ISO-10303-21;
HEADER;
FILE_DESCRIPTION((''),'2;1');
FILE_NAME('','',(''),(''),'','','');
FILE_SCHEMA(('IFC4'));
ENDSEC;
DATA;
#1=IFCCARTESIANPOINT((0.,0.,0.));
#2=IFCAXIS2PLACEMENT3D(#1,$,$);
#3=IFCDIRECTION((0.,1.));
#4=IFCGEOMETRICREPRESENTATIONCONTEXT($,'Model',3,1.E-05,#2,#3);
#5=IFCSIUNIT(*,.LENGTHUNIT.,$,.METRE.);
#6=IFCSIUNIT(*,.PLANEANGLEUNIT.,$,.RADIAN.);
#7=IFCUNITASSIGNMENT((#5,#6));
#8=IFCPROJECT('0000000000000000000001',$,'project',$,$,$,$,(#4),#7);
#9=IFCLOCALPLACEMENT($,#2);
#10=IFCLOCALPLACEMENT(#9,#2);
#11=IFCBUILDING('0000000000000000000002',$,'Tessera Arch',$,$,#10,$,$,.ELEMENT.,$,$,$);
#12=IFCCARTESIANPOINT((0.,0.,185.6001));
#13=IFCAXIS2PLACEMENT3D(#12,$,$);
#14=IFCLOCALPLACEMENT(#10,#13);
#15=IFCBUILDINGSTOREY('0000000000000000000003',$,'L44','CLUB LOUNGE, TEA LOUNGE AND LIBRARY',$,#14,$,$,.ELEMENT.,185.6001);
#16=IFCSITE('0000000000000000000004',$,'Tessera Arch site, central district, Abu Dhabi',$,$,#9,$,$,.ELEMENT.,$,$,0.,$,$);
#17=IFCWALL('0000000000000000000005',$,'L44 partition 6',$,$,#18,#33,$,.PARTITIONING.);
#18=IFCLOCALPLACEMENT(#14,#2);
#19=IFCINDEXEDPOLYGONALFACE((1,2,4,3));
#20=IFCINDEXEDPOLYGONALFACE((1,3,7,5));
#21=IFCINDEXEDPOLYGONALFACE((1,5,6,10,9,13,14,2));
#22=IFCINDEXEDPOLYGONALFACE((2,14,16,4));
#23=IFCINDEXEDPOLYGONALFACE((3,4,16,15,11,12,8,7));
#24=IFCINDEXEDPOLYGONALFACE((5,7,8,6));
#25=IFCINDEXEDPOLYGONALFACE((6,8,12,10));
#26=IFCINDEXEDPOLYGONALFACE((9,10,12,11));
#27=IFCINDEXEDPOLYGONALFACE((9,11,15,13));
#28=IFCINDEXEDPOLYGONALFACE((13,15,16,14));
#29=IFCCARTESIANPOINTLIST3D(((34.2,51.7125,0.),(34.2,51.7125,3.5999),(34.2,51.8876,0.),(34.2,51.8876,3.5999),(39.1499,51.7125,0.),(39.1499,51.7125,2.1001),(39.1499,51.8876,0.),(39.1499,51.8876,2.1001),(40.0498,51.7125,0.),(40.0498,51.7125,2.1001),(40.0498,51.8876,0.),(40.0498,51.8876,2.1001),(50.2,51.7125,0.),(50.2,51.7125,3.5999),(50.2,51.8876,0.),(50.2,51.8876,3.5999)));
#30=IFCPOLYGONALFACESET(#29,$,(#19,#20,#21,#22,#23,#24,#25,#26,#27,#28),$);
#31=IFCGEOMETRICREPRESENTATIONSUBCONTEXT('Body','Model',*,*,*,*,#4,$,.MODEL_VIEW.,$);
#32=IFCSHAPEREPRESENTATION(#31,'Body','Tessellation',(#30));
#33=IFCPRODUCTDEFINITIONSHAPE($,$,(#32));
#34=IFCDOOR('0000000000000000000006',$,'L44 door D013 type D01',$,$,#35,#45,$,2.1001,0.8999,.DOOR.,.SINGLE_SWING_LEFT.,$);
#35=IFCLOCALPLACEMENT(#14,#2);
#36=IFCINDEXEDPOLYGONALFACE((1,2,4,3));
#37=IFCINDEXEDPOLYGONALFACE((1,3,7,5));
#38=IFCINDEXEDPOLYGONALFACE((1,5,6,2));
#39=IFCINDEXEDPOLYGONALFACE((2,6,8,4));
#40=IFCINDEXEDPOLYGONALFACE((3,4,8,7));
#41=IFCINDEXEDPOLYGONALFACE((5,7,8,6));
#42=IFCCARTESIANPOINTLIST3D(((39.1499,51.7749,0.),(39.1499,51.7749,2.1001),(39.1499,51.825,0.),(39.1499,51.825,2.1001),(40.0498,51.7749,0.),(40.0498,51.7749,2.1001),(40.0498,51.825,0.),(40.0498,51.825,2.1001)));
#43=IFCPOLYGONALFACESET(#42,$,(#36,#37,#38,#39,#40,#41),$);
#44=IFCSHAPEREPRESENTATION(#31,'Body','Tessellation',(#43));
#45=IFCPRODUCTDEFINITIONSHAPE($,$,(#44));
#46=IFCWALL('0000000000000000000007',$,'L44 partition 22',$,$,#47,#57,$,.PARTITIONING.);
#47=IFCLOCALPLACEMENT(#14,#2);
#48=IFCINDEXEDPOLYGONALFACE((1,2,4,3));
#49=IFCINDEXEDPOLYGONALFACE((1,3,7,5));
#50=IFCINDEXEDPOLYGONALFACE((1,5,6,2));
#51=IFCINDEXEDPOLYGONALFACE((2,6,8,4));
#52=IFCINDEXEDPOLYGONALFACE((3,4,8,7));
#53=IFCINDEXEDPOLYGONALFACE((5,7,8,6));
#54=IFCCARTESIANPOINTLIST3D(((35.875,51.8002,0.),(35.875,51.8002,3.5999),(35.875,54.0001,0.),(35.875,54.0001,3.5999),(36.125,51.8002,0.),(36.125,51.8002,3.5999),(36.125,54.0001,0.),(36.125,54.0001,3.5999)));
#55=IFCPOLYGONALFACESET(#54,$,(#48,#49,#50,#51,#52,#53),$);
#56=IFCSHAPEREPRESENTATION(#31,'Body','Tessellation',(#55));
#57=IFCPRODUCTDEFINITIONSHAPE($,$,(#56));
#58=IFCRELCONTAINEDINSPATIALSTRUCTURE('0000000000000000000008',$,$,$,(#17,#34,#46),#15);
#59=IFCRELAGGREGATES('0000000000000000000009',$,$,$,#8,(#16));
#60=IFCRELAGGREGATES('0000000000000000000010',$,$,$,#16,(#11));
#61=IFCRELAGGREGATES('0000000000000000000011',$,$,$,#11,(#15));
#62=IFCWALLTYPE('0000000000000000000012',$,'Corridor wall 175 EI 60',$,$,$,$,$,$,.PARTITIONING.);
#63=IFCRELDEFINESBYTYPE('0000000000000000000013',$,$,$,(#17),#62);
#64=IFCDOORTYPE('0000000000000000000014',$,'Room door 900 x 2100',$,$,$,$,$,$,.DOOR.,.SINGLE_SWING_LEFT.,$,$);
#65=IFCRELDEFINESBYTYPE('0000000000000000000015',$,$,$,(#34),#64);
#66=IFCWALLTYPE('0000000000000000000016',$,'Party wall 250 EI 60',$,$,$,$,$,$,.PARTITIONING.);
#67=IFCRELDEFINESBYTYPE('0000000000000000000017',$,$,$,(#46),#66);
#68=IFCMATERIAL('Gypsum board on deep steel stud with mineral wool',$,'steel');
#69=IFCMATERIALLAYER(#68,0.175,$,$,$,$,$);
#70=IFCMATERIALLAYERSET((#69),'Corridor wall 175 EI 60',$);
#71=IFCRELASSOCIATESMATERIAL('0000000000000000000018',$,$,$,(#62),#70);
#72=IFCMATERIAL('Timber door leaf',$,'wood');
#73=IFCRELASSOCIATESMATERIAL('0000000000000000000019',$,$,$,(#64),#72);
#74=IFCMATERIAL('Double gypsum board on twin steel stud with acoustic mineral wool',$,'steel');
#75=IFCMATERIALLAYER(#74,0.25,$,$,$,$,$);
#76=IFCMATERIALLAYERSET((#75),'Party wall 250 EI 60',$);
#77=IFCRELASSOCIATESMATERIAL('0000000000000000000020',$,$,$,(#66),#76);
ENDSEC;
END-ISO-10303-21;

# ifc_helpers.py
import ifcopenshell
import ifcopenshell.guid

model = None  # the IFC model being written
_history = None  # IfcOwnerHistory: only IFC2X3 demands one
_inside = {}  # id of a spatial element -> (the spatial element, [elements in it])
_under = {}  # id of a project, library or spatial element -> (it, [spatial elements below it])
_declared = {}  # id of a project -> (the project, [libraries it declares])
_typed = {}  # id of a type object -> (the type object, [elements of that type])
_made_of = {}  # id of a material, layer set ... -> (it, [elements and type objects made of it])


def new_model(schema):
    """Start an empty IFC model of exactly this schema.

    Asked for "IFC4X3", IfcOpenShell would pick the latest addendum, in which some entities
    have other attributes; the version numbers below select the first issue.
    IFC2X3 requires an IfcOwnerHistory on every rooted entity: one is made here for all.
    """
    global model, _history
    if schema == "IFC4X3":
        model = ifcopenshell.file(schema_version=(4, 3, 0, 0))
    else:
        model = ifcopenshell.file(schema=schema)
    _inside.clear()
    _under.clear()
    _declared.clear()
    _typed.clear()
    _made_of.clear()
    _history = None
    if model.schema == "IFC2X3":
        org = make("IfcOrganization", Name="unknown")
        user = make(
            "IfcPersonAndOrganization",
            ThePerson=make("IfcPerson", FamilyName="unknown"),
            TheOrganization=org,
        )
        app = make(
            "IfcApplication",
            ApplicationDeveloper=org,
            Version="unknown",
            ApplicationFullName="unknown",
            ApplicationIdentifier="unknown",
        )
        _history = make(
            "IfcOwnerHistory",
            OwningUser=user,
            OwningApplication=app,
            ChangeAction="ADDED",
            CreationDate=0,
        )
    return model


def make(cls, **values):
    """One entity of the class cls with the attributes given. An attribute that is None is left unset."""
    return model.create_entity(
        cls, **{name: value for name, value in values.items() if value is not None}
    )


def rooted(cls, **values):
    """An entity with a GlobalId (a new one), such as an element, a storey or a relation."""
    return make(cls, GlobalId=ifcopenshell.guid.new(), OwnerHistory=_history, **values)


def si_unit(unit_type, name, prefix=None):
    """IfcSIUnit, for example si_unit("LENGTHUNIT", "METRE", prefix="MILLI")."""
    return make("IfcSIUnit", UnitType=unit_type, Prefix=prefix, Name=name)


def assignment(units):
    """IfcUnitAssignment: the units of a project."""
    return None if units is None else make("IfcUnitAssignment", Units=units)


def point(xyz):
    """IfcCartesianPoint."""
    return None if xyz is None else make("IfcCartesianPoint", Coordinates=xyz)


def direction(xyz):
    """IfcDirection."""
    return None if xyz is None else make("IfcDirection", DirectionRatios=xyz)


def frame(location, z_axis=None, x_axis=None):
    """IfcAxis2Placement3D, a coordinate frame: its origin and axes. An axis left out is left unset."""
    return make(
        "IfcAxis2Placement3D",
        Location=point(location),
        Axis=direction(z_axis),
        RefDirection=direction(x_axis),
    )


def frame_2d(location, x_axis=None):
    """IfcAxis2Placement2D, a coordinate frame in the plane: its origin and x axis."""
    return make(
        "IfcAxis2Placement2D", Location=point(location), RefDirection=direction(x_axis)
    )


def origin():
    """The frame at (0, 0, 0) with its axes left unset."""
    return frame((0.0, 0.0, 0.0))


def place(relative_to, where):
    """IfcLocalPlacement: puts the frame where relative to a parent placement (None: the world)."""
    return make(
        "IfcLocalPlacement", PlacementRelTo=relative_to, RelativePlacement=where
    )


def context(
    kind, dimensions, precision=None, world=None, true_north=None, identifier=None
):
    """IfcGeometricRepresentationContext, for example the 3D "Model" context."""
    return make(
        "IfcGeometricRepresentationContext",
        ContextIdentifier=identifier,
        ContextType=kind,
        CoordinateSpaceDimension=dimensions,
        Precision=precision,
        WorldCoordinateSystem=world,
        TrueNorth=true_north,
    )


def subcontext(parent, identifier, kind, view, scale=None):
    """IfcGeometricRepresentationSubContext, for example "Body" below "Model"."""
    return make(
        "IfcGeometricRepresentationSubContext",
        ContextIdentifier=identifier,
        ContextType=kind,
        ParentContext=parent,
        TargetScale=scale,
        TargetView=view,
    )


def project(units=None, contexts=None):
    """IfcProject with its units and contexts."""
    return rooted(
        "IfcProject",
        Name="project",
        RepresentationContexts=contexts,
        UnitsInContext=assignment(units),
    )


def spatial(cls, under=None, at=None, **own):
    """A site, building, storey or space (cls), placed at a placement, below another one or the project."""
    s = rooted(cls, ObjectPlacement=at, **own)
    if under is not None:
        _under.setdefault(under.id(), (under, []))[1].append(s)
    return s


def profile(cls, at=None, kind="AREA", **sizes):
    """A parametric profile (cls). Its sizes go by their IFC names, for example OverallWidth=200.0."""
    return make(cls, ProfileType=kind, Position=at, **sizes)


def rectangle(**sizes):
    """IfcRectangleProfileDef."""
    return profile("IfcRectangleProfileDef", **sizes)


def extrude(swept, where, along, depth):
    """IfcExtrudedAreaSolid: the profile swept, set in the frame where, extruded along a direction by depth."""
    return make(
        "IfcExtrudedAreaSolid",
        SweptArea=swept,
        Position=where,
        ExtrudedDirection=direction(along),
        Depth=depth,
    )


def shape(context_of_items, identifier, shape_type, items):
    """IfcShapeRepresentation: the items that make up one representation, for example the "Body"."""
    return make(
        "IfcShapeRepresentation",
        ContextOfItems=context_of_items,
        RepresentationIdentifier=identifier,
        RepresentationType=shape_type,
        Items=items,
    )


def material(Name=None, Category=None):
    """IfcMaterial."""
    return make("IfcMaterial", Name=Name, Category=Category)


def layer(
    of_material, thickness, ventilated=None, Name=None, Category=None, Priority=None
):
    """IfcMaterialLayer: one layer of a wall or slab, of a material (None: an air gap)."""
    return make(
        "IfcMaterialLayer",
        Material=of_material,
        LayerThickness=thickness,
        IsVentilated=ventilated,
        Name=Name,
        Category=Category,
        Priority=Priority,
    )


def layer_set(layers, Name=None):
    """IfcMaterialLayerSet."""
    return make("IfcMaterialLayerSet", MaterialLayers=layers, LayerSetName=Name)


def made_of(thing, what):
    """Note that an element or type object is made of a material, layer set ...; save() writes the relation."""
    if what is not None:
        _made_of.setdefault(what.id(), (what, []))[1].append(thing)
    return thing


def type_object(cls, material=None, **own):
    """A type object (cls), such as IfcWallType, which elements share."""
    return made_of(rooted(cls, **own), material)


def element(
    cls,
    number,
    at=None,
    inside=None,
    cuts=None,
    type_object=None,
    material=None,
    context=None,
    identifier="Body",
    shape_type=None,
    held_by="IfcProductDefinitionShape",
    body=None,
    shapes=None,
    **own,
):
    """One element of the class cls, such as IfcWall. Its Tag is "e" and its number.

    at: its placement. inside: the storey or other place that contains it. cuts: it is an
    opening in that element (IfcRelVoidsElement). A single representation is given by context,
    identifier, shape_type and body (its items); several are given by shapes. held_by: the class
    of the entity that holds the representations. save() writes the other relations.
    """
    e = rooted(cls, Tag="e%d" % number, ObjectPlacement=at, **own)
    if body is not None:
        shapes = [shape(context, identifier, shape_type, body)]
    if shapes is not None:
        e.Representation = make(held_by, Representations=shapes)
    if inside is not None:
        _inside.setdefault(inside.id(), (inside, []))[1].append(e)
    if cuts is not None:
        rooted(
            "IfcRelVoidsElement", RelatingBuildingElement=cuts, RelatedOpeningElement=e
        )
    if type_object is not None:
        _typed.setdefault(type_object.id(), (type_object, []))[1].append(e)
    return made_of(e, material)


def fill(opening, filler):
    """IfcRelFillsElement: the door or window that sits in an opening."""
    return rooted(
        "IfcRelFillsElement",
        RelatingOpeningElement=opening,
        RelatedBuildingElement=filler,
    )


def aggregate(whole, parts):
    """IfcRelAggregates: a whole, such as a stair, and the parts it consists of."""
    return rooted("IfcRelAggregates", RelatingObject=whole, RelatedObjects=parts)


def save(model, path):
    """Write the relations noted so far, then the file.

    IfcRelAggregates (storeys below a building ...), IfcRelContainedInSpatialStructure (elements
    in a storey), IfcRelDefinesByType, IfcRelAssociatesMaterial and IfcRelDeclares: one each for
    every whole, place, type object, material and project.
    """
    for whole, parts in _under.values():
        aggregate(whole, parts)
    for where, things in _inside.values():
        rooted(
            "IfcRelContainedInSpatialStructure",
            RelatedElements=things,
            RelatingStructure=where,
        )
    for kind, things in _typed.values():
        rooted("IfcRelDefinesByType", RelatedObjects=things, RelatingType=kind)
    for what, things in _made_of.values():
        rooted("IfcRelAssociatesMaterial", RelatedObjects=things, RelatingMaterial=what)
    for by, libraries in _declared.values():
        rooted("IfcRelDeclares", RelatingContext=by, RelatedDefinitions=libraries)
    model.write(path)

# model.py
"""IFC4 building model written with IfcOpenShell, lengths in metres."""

from ifc_helpers import new_model, si_unit, direction, frame, frame_2d, origin, place, context, subcontext, project, spatial, rectangle, extrude, material, layer, layer_set, type_object, element, fill, save


model = new_model("IFC4")

# Units and contexts
model_context = context("Model", 3, precision=1e-05, world=origin(), true_north=direction((0.0, 1.0)))
body_context = subcontext(model_context, "Body", "Model", "MODEL_VIEW")
ifc_project = project(units=[si_unit("LENGTHUNIT", "METRE"), si_unit("PLANEANGLEUNIT", "RADIAN")], contexts=[model_context])

# Site, building, storey
site_placement = place(None, origin())
site = spatial("IfcSite", under=ifc_project, at=site_placement, Name="Tessera Arch site, central district, Abu Dhabi", CompositionType="ELEMENT", RefElevation=0.0)
building_placement = place(site_placement, origin())
building = spatial("IfcBuilding", under=site, at=building_placement, Name="Tessera Arch", CompositionType="ELEMENT")
storey_placement = place(building_placement, frame((0.0, 0.0, 185.6001)))
storey = spatial("IfcBuildingStorey", under=building, at=storey_placement, Name="L44", Description="CLUB LOUNGE, TEA LOUNGE AND LIBRARY", CompositionType="ELEMENT", Elevation=185.6001)

# Wall, opening, door
ifc_material_1 = material(Name="Gypsum board on deep steel stud with mineral wool", Category="steel")
ifc_layer_1 = layer(ifc_material_1, 0.175)
ifc_layer_set_1 = layer_set([ifc_layer_1], Name="Corridor wall 175 EI 60")
wall_type_1 = type_object("IfcWallType", Name="Corridor wall 175 EI 60", PredefinedType="PARTITIONING", material=ifc_layer_set_1)
wall_1_placement = place(storey_placement, frame((34.2, 51.8, 0.0), z_axis=(0.0, 0.0, 1.0), x_axis=(1.0, 0.0, 0.0)))
wall_1 = element("IfcWall", 1, at=wall_1_placement, inside=storey, type_object=wall_type_1, Name="L44 partition 6", PredefinedType="PARTITIONING", context=body_context, shape_type="SweptSolid", body=[
    extrude(rectangle(XDim=16.0, YDim=0.175, at=frame_2d((8.0, 0.0))), origin(), (0.0, 0.0, 1.0), 3.5999),
])
opening_placement = place(wall_1_placement, frame((4.95, 0.0, 0.0)))
opening = element("IfcOpeningElement", 2, at=opening_placement, cuts=wall_1, PredefinedType="OPENING", context=body_context, shape_type="SweptSolid", body=[
    extrude(rectangle(XDim=0.8999, YDim=2.1001, at=frame_2d((0.45, 1.05))), frame((0.0, 0.0974, 0.0), z_axis=(0.0, -1.0, 0.0), x_axis=(1.0, 0.0, 0.0)), (0.0, 0.0, 1.0), 0.1951),
])
ifc_material_2 = material(Name="Timber door leaf", Category="wood")
door_type = type_object("IfcDoorType", Name="Room door 900 x 2100", OperationType="SINGLE_SWING_LEFT", PredefinedType="DOOR", material=ifc_material_2)
door_placement = place(opening_placement, origin())
door = element("IfcDoor", 3, at=door_placement, inside=storey, type_object=door_type, Name="L44 door D013 type D01", OperationType="SINGLE_SWING_LEFT", OverallHeight=2.1001, OverallWidth=0.8999, PredefinedType="DOOR", context=body_context, shape_type="SweptSolid", body=[
    extrude(rectangle(XDim=0.8999, YDim=2.1001, at=frame_2d((0.45, 1.05))), frame((0.0, 0.0249, 0.0), z_axis=(0.0, -1.0, 0.0), x_axis=(1.0, 0.0, 0.0)), (0.0, 0.0, 1.0), 0.05),
])
fill(opening, door)

# Wall
ifc_material_3 = material(Name="Double gypsum board on twin steel stud with acoustic mineral wool", Category="steel")
ifc_layer_2 = layer(ifc_material_3, 0.25)
ifc_layer_set_2 = layer_set([ifc_layer_2], Name="Party wall 250 EI 60")
wall_type_2 = type_object("IfcWallType", Name="Party wall 250 EI 60", PredefinedType="PARTITIONING", material=ifc_layer_set_2)
wall_2_placement = place(storey_placement, frame((36.0, 51.8, 0.0), z_axis=(0.0, 0.0, 1.0), x_axis=(0.0, 1.0, 0.0)))
element("IfcWall", 4, at=wall_2_placement, inside=storey, type_object=wall_type_2, Name="L44 partition 22", PredefinedType="PARTITIONING", context=body_context, shape_type="SweptSolid", body=[
    extrude(rectangle(XDim=2.2, YDim=0.25, at=frame_2d((1.1001, 0.0))), origin(), (0.0, 0.0, 1.0), 3.5999),
])

save(model, "model.ifc")
